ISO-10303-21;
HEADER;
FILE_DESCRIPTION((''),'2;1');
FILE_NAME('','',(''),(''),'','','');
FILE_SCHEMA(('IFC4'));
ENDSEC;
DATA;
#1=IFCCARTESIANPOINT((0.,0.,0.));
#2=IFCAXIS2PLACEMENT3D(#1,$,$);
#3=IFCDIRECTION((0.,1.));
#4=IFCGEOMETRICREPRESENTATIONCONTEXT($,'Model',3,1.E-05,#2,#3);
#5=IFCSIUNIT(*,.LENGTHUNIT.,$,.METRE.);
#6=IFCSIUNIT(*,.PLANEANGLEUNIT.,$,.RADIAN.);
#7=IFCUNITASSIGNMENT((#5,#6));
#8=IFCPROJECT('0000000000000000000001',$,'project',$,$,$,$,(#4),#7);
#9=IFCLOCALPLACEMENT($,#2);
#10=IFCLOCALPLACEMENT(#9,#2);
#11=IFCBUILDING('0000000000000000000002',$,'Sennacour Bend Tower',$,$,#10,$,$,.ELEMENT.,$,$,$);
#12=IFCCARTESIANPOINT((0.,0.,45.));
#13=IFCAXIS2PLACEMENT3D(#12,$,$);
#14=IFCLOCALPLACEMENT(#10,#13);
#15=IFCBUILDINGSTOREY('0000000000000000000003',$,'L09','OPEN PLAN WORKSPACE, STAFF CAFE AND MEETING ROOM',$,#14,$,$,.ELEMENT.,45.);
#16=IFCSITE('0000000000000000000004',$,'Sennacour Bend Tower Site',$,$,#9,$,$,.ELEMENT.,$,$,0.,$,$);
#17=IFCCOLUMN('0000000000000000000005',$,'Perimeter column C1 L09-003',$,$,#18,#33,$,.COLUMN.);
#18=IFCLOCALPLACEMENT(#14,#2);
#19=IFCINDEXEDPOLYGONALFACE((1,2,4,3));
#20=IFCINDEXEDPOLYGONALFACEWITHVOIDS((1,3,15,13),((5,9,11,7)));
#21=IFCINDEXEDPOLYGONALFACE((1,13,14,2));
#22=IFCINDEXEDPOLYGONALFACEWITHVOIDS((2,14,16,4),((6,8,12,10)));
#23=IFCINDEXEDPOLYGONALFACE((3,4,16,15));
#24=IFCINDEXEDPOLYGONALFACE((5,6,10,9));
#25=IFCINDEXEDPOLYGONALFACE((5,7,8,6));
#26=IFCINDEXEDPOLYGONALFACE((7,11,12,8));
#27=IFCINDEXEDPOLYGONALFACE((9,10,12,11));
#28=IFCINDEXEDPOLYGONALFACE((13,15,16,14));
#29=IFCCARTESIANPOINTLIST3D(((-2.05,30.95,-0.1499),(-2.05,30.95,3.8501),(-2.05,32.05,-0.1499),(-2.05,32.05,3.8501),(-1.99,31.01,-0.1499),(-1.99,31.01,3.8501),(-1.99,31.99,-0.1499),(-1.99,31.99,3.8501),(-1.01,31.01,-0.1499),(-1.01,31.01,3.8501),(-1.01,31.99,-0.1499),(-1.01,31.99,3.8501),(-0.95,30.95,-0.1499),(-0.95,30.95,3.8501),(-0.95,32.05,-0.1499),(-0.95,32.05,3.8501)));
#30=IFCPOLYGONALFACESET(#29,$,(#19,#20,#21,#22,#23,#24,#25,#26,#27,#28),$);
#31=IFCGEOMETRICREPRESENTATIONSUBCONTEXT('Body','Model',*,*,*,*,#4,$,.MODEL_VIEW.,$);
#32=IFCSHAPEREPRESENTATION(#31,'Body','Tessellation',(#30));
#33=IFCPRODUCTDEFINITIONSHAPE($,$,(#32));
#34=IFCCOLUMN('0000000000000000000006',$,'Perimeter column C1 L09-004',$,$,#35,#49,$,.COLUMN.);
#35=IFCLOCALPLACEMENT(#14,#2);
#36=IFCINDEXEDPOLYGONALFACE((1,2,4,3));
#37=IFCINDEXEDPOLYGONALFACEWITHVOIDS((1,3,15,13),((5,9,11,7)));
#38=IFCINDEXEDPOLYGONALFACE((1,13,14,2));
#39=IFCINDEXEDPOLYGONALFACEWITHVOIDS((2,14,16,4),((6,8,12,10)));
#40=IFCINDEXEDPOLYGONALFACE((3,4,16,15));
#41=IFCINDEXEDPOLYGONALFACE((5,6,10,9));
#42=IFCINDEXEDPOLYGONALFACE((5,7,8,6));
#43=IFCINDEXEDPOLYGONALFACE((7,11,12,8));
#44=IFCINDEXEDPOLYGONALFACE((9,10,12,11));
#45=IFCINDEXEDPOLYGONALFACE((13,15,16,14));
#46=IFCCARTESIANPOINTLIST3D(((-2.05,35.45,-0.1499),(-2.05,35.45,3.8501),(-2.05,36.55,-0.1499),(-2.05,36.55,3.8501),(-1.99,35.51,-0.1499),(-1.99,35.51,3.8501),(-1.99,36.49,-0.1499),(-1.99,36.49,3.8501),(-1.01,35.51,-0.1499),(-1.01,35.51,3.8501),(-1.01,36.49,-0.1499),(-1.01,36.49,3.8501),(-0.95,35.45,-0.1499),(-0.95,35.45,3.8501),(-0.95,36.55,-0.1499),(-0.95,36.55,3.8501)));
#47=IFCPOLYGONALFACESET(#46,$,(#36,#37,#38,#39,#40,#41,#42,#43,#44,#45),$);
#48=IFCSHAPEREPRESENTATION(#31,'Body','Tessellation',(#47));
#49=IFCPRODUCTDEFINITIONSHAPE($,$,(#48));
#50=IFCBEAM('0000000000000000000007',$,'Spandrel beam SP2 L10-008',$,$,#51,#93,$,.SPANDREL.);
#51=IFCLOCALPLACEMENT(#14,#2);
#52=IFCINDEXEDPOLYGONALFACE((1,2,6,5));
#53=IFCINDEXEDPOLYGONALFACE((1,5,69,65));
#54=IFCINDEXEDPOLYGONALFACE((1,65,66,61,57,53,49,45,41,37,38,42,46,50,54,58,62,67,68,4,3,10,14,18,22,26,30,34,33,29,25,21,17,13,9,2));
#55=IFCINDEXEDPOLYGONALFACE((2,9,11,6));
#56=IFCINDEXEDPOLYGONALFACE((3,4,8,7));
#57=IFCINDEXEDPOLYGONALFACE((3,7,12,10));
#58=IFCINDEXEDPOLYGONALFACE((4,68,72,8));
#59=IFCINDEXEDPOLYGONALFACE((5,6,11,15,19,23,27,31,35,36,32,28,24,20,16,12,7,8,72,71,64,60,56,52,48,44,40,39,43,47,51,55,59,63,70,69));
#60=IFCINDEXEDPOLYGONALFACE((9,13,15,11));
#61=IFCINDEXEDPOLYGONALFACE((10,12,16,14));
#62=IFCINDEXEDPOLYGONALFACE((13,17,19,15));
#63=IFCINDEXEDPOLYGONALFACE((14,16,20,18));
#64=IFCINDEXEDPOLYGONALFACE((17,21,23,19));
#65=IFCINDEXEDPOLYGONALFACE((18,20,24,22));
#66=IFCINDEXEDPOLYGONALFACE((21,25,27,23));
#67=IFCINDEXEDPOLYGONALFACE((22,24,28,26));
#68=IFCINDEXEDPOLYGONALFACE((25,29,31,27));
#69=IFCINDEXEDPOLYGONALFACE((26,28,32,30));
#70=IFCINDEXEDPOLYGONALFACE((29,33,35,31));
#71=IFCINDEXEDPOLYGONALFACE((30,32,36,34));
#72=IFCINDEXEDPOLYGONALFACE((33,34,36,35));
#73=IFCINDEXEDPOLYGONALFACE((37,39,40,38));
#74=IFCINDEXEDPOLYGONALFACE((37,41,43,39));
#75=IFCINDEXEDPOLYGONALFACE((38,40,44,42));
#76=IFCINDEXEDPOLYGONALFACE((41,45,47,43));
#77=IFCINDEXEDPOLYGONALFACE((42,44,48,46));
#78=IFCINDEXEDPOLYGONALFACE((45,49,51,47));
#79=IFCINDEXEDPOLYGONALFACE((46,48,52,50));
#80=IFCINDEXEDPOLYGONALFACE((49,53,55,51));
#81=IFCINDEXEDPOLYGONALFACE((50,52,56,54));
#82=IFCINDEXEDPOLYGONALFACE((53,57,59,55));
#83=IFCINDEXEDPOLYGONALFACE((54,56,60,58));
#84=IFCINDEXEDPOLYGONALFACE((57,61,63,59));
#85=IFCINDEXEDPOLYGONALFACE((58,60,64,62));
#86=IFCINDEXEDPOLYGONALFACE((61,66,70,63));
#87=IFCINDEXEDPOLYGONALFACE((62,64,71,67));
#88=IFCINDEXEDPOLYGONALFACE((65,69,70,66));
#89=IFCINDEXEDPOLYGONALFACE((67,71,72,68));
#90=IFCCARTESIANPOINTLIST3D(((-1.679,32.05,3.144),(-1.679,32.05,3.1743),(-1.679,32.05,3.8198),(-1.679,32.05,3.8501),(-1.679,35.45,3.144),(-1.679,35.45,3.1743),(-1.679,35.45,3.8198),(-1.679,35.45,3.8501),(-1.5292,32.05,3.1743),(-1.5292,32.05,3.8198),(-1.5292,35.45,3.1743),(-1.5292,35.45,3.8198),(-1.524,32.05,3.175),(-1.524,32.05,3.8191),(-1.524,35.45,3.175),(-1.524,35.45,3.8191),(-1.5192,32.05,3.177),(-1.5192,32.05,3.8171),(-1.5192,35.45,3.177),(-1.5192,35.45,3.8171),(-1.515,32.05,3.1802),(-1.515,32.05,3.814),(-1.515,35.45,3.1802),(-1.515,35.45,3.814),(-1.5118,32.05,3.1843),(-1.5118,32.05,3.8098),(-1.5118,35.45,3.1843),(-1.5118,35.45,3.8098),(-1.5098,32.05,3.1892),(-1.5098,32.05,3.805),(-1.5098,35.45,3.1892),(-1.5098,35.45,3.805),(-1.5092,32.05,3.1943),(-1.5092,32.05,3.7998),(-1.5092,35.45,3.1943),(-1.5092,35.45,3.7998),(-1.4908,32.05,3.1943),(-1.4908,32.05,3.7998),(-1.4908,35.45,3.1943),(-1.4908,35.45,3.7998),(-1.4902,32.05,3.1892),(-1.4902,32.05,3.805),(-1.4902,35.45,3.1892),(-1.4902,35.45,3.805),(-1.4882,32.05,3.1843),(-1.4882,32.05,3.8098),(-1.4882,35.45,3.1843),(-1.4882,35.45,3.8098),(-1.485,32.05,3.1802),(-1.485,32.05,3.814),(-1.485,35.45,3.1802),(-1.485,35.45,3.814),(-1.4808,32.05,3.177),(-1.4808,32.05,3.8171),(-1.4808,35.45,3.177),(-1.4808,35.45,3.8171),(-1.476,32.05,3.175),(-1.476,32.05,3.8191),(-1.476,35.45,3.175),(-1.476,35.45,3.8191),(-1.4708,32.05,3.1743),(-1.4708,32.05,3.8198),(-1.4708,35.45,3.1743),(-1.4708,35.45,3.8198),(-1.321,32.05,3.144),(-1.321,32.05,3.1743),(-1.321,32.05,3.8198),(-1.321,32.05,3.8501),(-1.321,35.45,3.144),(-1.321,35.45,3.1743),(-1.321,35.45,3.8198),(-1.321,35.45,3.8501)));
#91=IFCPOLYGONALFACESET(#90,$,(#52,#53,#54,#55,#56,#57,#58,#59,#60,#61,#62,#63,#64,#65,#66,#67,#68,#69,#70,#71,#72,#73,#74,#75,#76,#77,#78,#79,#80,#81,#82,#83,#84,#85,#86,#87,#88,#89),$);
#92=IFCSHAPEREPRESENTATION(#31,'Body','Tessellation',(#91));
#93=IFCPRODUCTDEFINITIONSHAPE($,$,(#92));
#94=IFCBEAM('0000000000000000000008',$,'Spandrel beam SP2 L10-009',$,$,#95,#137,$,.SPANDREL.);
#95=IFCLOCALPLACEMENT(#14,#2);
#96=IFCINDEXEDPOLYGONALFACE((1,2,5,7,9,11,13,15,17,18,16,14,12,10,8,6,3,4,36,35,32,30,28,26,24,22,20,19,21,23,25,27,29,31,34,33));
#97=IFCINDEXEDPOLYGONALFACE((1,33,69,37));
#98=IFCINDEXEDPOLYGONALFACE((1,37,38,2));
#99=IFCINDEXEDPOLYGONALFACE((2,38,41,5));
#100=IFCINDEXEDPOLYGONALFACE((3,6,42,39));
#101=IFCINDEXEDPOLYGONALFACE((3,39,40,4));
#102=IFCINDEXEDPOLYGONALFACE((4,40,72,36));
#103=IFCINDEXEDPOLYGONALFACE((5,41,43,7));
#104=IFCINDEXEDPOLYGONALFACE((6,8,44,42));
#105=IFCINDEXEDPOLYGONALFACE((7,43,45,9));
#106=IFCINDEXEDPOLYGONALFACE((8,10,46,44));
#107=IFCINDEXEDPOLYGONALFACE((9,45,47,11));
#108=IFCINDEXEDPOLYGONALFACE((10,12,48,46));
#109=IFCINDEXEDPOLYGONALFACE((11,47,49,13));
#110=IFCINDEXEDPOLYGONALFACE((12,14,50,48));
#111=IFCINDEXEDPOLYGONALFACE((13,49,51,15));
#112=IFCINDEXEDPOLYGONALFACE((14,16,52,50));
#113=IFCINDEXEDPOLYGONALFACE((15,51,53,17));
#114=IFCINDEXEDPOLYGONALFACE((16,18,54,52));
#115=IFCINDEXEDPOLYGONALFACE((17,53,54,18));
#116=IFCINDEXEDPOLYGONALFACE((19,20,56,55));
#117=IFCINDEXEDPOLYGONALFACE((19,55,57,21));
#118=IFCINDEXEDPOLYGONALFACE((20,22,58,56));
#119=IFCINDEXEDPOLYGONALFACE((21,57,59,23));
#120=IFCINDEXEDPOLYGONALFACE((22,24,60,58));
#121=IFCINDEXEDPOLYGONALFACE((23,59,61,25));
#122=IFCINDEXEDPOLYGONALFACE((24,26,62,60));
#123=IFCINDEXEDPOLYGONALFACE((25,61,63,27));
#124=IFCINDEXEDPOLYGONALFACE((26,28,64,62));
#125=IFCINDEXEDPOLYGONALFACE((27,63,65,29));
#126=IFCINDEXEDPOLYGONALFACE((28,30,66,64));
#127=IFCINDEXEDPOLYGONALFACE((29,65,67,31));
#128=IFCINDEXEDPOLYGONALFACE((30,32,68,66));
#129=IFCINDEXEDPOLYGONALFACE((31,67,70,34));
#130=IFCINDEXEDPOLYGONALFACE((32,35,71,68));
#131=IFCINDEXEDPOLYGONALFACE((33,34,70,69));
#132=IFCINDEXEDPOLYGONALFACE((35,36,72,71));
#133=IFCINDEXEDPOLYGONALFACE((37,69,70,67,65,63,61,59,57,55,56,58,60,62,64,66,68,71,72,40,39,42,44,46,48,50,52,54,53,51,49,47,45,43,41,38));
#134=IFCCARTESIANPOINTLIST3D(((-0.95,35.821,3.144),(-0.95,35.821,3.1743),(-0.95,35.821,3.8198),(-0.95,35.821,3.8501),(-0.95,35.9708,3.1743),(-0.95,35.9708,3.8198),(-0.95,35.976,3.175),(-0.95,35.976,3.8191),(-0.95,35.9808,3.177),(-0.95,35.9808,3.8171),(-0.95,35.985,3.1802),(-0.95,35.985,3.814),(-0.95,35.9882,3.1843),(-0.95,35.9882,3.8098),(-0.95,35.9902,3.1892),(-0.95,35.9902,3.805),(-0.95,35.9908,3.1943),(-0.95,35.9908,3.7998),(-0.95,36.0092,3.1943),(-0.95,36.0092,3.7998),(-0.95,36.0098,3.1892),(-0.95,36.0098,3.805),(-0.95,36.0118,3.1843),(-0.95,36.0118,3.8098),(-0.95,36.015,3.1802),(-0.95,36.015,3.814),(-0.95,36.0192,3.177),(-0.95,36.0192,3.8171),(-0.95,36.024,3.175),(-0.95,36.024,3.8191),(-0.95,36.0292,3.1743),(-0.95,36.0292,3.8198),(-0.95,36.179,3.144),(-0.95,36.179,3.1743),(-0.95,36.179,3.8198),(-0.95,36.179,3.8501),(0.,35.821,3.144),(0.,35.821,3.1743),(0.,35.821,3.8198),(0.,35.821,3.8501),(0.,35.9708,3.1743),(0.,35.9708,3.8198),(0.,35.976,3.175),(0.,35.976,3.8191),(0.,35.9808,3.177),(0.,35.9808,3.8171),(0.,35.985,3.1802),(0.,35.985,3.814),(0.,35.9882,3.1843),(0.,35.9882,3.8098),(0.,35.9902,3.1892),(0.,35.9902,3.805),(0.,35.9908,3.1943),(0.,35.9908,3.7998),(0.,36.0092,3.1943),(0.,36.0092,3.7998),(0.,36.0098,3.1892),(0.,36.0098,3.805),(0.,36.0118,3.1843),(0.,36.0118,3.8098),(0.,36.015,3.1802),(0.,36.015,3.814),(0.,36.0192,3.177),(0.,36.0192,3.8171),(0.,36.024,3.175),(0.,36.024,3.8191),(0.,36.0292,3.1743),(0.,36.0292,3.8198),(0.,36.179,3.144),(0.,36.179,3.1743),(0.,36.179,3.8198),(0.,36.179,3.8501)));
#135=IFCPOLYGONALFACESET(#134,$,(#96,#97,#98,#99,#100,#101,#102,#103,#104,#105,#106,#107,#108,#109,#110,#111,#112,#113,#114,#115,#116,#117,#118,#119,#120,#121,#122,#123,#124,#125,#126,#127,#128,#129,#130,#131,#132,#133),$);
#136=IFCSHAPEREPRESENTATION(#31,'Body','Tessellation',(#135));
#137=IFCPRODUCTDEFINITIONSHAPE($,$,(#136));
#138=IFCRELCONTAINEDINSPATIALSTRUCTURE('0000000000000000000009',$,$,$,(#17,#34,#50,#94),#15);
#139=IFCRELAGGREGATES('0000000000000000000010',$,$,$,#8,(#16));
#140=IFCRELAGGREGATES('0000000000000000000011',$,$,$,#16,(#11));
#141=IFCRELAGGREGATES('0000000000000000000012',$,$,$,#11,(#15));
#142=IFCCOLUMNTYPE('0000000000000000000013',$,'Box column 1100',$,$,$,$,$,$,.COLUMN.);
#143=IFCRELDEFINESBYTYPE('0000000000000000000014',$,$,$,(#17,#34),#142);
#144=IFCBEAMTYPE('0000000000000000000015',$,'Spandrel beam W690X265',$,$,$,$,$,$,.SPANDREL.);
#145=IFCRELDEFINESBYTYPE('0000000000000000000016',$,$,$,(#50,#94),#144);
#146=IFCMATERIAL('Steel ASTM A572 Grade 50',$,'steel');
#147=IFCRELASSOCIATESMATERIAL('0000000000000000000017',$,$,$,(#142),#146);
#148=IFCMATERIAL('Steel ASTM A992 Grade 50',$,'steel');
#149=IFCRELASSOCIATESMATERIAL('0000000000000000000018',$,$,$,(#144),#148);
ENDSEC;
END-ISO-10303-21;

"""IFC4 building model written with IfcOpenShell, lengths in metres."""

from ifc_helpers import new_model, si_unit, direction, frame, origin, origin_2d, place, context, subcontext, project, spatial, hollow_rectangle, i_section, extrude, material, material_profile, profile_set, type_object, element, save


model = new_model("IFC4")

# Units and contexts
model_context = context("Model", 3, precision=1e-05, world=origin(), true_north=direction((0.0, 1.0)))
body_context = subcontext(model_context, "Body", "Model", "MODEL_VIEW")
ifc_project = project(units=[si_unit("LENGTHUNIT", "METRE"), si_unit("PLANEANGLEUNIT", "RADIAN")], contexts=[model_context])

# Site, building, storey
site_placement = place(None, origin())
site = spatial("IfcSite", under=ifc_project, at=site_placement, Name="Sennacour Bend Tower Site", CompositionType="ELEMENT", RefElevation=0.0)
building_placement = place(site_placement, origin())
building = spatial("IfcBuilding", under=site, at=building_placement, Name="Sennacour Bend Tower", CompositionType="ELEMENT")
storey_placement = place(building_placement, frame((0.0, 0.0, 45.0)))
storey = spatial("IfcBuildingStorey", under=building, at=storey_placement, Name="L09", Description="OPEN PLAN WORKSPACE, STAFF CAFE AND MEETING ROOM", CompositionType="ELEMENT", Elevation=45.0)

# Columns
ifc_material_1 = material(Name="Steel ASTM A572 Grade 50", Category="steel")
ifc_material_profile_1 = material_profile(ifc_material_1, hollow_rectangle(XDim=1.1001, YDim=1.1001, WallThickness=0.0601, at=origin_2d()), Name="Steel ASTM A572 Grade 50", Category="steel")
ifc_profile_set_1 = profile_set([ifc_material_profile_1], Name="Steel ASTM A572 Grade 50")
column_type = type_object("IfcColumnType", Name="Box column 1100", PredefinedType="COLUMN", material=ifc_profile_set_1)
for number, where, z_axis, x_axis, name in (
    (1, (-1.5, 31.5, -0.1499), (0.0, 0.0, 1.0), (1.0, 0.0, 0.0), "Perimeter column C1 L09-003"),
    (2, (-1.5, 36.0, -0.1499), (0.0, 0.0, 1.0), (1.0, 0.0, 0.0), "Perimeter column C1 L09-004"),
):
    element("IfcColumn", number, at=place(storey_placement, frame(where, z_axis=z_axis, x_axis=x_axis)), inside=storey, type_object=column_type, Name=name, PredefinedType="COLUMN", context=body_context, shape_type="SweptSolid", body=[
        extrude(hollow_rectangle(XDim=1.1001, YDim=1.1001, WallThickness=0.0601, at=origin_2d()), origin(), (0.0, 0.0, 1.0), 4.0),
    ])

# Beams
ifc_material_2 = material(Name="Steel ASTM A992 Grade 50", Category="steel")
ifc_material_profile_2 = material_profile(ifc_material_2, i_section(OverallWidth=0.3579, OverallDepth=0.7061, WebThickness=0.0183, FlangeThickness=0.0303, FilletRadius=0.02, at=origin_2d()), Name="Steel ASTM A992 Grade 50", Category="steel")
ifc_profile_set_2 = profile_set([ifc_material_profile_2], Name="Steel ASTM A992 Grade 50")
beam_type = type_object("IfcBeamType", Name="Spandrel beam W690X265", PredefinedType="SPANDREL", material=ifc_profile_set_2)
beam_1_placement = place(storey_placement, frame((-1.5, 32.05, 3.4971), z_axis=(0.0, 1.0, 0.0), x_axis=(-1.0, 0.0, 0.0)))
element("IfcBeam", 3, at=beam_1_placement, inside=storey, type_object=beam_type, Name="Spandrel beam SP2 L10-008", PredefinedType="SPANDREL", context=body_context, shape_type="SweptSolid", body=[
    extrude(i_section(OverallWidth=0.3579, OverallDepth=0.7061, WebThickness=0.0183, FlangeThickness=0.0303, FilletRadius=0.02, at=origin_2d()), origin(), (0.0, 0.0, 1.0), 3.3999),
])
beam_2_placement = place(storey_placement, frame((-0.95, 36.0, 3.4971), z_axis=(1.0, 0.0, 0.0), x_axis=(0.0, 1.0, 0.0)))
element("IfcBeam", 4, at=beam_2_placement, inside=storey, type_object=beam_type, Name="Spandrel beam SP2 L10-009", PredefinedType="SPANDREL", context=body_context, shape_type="SweptSolid", body=[
    extrude(i_section(OverallWidth=0.3579, OverallDepth=0.7061, WebThickness=0.0183, FlangeThickness=0.0303, FilletRadius=0.02, at=origin_2d()), origin(), (0.0, 0.0, 1.0), 0.95),
])

save(model, "model.ifc")
